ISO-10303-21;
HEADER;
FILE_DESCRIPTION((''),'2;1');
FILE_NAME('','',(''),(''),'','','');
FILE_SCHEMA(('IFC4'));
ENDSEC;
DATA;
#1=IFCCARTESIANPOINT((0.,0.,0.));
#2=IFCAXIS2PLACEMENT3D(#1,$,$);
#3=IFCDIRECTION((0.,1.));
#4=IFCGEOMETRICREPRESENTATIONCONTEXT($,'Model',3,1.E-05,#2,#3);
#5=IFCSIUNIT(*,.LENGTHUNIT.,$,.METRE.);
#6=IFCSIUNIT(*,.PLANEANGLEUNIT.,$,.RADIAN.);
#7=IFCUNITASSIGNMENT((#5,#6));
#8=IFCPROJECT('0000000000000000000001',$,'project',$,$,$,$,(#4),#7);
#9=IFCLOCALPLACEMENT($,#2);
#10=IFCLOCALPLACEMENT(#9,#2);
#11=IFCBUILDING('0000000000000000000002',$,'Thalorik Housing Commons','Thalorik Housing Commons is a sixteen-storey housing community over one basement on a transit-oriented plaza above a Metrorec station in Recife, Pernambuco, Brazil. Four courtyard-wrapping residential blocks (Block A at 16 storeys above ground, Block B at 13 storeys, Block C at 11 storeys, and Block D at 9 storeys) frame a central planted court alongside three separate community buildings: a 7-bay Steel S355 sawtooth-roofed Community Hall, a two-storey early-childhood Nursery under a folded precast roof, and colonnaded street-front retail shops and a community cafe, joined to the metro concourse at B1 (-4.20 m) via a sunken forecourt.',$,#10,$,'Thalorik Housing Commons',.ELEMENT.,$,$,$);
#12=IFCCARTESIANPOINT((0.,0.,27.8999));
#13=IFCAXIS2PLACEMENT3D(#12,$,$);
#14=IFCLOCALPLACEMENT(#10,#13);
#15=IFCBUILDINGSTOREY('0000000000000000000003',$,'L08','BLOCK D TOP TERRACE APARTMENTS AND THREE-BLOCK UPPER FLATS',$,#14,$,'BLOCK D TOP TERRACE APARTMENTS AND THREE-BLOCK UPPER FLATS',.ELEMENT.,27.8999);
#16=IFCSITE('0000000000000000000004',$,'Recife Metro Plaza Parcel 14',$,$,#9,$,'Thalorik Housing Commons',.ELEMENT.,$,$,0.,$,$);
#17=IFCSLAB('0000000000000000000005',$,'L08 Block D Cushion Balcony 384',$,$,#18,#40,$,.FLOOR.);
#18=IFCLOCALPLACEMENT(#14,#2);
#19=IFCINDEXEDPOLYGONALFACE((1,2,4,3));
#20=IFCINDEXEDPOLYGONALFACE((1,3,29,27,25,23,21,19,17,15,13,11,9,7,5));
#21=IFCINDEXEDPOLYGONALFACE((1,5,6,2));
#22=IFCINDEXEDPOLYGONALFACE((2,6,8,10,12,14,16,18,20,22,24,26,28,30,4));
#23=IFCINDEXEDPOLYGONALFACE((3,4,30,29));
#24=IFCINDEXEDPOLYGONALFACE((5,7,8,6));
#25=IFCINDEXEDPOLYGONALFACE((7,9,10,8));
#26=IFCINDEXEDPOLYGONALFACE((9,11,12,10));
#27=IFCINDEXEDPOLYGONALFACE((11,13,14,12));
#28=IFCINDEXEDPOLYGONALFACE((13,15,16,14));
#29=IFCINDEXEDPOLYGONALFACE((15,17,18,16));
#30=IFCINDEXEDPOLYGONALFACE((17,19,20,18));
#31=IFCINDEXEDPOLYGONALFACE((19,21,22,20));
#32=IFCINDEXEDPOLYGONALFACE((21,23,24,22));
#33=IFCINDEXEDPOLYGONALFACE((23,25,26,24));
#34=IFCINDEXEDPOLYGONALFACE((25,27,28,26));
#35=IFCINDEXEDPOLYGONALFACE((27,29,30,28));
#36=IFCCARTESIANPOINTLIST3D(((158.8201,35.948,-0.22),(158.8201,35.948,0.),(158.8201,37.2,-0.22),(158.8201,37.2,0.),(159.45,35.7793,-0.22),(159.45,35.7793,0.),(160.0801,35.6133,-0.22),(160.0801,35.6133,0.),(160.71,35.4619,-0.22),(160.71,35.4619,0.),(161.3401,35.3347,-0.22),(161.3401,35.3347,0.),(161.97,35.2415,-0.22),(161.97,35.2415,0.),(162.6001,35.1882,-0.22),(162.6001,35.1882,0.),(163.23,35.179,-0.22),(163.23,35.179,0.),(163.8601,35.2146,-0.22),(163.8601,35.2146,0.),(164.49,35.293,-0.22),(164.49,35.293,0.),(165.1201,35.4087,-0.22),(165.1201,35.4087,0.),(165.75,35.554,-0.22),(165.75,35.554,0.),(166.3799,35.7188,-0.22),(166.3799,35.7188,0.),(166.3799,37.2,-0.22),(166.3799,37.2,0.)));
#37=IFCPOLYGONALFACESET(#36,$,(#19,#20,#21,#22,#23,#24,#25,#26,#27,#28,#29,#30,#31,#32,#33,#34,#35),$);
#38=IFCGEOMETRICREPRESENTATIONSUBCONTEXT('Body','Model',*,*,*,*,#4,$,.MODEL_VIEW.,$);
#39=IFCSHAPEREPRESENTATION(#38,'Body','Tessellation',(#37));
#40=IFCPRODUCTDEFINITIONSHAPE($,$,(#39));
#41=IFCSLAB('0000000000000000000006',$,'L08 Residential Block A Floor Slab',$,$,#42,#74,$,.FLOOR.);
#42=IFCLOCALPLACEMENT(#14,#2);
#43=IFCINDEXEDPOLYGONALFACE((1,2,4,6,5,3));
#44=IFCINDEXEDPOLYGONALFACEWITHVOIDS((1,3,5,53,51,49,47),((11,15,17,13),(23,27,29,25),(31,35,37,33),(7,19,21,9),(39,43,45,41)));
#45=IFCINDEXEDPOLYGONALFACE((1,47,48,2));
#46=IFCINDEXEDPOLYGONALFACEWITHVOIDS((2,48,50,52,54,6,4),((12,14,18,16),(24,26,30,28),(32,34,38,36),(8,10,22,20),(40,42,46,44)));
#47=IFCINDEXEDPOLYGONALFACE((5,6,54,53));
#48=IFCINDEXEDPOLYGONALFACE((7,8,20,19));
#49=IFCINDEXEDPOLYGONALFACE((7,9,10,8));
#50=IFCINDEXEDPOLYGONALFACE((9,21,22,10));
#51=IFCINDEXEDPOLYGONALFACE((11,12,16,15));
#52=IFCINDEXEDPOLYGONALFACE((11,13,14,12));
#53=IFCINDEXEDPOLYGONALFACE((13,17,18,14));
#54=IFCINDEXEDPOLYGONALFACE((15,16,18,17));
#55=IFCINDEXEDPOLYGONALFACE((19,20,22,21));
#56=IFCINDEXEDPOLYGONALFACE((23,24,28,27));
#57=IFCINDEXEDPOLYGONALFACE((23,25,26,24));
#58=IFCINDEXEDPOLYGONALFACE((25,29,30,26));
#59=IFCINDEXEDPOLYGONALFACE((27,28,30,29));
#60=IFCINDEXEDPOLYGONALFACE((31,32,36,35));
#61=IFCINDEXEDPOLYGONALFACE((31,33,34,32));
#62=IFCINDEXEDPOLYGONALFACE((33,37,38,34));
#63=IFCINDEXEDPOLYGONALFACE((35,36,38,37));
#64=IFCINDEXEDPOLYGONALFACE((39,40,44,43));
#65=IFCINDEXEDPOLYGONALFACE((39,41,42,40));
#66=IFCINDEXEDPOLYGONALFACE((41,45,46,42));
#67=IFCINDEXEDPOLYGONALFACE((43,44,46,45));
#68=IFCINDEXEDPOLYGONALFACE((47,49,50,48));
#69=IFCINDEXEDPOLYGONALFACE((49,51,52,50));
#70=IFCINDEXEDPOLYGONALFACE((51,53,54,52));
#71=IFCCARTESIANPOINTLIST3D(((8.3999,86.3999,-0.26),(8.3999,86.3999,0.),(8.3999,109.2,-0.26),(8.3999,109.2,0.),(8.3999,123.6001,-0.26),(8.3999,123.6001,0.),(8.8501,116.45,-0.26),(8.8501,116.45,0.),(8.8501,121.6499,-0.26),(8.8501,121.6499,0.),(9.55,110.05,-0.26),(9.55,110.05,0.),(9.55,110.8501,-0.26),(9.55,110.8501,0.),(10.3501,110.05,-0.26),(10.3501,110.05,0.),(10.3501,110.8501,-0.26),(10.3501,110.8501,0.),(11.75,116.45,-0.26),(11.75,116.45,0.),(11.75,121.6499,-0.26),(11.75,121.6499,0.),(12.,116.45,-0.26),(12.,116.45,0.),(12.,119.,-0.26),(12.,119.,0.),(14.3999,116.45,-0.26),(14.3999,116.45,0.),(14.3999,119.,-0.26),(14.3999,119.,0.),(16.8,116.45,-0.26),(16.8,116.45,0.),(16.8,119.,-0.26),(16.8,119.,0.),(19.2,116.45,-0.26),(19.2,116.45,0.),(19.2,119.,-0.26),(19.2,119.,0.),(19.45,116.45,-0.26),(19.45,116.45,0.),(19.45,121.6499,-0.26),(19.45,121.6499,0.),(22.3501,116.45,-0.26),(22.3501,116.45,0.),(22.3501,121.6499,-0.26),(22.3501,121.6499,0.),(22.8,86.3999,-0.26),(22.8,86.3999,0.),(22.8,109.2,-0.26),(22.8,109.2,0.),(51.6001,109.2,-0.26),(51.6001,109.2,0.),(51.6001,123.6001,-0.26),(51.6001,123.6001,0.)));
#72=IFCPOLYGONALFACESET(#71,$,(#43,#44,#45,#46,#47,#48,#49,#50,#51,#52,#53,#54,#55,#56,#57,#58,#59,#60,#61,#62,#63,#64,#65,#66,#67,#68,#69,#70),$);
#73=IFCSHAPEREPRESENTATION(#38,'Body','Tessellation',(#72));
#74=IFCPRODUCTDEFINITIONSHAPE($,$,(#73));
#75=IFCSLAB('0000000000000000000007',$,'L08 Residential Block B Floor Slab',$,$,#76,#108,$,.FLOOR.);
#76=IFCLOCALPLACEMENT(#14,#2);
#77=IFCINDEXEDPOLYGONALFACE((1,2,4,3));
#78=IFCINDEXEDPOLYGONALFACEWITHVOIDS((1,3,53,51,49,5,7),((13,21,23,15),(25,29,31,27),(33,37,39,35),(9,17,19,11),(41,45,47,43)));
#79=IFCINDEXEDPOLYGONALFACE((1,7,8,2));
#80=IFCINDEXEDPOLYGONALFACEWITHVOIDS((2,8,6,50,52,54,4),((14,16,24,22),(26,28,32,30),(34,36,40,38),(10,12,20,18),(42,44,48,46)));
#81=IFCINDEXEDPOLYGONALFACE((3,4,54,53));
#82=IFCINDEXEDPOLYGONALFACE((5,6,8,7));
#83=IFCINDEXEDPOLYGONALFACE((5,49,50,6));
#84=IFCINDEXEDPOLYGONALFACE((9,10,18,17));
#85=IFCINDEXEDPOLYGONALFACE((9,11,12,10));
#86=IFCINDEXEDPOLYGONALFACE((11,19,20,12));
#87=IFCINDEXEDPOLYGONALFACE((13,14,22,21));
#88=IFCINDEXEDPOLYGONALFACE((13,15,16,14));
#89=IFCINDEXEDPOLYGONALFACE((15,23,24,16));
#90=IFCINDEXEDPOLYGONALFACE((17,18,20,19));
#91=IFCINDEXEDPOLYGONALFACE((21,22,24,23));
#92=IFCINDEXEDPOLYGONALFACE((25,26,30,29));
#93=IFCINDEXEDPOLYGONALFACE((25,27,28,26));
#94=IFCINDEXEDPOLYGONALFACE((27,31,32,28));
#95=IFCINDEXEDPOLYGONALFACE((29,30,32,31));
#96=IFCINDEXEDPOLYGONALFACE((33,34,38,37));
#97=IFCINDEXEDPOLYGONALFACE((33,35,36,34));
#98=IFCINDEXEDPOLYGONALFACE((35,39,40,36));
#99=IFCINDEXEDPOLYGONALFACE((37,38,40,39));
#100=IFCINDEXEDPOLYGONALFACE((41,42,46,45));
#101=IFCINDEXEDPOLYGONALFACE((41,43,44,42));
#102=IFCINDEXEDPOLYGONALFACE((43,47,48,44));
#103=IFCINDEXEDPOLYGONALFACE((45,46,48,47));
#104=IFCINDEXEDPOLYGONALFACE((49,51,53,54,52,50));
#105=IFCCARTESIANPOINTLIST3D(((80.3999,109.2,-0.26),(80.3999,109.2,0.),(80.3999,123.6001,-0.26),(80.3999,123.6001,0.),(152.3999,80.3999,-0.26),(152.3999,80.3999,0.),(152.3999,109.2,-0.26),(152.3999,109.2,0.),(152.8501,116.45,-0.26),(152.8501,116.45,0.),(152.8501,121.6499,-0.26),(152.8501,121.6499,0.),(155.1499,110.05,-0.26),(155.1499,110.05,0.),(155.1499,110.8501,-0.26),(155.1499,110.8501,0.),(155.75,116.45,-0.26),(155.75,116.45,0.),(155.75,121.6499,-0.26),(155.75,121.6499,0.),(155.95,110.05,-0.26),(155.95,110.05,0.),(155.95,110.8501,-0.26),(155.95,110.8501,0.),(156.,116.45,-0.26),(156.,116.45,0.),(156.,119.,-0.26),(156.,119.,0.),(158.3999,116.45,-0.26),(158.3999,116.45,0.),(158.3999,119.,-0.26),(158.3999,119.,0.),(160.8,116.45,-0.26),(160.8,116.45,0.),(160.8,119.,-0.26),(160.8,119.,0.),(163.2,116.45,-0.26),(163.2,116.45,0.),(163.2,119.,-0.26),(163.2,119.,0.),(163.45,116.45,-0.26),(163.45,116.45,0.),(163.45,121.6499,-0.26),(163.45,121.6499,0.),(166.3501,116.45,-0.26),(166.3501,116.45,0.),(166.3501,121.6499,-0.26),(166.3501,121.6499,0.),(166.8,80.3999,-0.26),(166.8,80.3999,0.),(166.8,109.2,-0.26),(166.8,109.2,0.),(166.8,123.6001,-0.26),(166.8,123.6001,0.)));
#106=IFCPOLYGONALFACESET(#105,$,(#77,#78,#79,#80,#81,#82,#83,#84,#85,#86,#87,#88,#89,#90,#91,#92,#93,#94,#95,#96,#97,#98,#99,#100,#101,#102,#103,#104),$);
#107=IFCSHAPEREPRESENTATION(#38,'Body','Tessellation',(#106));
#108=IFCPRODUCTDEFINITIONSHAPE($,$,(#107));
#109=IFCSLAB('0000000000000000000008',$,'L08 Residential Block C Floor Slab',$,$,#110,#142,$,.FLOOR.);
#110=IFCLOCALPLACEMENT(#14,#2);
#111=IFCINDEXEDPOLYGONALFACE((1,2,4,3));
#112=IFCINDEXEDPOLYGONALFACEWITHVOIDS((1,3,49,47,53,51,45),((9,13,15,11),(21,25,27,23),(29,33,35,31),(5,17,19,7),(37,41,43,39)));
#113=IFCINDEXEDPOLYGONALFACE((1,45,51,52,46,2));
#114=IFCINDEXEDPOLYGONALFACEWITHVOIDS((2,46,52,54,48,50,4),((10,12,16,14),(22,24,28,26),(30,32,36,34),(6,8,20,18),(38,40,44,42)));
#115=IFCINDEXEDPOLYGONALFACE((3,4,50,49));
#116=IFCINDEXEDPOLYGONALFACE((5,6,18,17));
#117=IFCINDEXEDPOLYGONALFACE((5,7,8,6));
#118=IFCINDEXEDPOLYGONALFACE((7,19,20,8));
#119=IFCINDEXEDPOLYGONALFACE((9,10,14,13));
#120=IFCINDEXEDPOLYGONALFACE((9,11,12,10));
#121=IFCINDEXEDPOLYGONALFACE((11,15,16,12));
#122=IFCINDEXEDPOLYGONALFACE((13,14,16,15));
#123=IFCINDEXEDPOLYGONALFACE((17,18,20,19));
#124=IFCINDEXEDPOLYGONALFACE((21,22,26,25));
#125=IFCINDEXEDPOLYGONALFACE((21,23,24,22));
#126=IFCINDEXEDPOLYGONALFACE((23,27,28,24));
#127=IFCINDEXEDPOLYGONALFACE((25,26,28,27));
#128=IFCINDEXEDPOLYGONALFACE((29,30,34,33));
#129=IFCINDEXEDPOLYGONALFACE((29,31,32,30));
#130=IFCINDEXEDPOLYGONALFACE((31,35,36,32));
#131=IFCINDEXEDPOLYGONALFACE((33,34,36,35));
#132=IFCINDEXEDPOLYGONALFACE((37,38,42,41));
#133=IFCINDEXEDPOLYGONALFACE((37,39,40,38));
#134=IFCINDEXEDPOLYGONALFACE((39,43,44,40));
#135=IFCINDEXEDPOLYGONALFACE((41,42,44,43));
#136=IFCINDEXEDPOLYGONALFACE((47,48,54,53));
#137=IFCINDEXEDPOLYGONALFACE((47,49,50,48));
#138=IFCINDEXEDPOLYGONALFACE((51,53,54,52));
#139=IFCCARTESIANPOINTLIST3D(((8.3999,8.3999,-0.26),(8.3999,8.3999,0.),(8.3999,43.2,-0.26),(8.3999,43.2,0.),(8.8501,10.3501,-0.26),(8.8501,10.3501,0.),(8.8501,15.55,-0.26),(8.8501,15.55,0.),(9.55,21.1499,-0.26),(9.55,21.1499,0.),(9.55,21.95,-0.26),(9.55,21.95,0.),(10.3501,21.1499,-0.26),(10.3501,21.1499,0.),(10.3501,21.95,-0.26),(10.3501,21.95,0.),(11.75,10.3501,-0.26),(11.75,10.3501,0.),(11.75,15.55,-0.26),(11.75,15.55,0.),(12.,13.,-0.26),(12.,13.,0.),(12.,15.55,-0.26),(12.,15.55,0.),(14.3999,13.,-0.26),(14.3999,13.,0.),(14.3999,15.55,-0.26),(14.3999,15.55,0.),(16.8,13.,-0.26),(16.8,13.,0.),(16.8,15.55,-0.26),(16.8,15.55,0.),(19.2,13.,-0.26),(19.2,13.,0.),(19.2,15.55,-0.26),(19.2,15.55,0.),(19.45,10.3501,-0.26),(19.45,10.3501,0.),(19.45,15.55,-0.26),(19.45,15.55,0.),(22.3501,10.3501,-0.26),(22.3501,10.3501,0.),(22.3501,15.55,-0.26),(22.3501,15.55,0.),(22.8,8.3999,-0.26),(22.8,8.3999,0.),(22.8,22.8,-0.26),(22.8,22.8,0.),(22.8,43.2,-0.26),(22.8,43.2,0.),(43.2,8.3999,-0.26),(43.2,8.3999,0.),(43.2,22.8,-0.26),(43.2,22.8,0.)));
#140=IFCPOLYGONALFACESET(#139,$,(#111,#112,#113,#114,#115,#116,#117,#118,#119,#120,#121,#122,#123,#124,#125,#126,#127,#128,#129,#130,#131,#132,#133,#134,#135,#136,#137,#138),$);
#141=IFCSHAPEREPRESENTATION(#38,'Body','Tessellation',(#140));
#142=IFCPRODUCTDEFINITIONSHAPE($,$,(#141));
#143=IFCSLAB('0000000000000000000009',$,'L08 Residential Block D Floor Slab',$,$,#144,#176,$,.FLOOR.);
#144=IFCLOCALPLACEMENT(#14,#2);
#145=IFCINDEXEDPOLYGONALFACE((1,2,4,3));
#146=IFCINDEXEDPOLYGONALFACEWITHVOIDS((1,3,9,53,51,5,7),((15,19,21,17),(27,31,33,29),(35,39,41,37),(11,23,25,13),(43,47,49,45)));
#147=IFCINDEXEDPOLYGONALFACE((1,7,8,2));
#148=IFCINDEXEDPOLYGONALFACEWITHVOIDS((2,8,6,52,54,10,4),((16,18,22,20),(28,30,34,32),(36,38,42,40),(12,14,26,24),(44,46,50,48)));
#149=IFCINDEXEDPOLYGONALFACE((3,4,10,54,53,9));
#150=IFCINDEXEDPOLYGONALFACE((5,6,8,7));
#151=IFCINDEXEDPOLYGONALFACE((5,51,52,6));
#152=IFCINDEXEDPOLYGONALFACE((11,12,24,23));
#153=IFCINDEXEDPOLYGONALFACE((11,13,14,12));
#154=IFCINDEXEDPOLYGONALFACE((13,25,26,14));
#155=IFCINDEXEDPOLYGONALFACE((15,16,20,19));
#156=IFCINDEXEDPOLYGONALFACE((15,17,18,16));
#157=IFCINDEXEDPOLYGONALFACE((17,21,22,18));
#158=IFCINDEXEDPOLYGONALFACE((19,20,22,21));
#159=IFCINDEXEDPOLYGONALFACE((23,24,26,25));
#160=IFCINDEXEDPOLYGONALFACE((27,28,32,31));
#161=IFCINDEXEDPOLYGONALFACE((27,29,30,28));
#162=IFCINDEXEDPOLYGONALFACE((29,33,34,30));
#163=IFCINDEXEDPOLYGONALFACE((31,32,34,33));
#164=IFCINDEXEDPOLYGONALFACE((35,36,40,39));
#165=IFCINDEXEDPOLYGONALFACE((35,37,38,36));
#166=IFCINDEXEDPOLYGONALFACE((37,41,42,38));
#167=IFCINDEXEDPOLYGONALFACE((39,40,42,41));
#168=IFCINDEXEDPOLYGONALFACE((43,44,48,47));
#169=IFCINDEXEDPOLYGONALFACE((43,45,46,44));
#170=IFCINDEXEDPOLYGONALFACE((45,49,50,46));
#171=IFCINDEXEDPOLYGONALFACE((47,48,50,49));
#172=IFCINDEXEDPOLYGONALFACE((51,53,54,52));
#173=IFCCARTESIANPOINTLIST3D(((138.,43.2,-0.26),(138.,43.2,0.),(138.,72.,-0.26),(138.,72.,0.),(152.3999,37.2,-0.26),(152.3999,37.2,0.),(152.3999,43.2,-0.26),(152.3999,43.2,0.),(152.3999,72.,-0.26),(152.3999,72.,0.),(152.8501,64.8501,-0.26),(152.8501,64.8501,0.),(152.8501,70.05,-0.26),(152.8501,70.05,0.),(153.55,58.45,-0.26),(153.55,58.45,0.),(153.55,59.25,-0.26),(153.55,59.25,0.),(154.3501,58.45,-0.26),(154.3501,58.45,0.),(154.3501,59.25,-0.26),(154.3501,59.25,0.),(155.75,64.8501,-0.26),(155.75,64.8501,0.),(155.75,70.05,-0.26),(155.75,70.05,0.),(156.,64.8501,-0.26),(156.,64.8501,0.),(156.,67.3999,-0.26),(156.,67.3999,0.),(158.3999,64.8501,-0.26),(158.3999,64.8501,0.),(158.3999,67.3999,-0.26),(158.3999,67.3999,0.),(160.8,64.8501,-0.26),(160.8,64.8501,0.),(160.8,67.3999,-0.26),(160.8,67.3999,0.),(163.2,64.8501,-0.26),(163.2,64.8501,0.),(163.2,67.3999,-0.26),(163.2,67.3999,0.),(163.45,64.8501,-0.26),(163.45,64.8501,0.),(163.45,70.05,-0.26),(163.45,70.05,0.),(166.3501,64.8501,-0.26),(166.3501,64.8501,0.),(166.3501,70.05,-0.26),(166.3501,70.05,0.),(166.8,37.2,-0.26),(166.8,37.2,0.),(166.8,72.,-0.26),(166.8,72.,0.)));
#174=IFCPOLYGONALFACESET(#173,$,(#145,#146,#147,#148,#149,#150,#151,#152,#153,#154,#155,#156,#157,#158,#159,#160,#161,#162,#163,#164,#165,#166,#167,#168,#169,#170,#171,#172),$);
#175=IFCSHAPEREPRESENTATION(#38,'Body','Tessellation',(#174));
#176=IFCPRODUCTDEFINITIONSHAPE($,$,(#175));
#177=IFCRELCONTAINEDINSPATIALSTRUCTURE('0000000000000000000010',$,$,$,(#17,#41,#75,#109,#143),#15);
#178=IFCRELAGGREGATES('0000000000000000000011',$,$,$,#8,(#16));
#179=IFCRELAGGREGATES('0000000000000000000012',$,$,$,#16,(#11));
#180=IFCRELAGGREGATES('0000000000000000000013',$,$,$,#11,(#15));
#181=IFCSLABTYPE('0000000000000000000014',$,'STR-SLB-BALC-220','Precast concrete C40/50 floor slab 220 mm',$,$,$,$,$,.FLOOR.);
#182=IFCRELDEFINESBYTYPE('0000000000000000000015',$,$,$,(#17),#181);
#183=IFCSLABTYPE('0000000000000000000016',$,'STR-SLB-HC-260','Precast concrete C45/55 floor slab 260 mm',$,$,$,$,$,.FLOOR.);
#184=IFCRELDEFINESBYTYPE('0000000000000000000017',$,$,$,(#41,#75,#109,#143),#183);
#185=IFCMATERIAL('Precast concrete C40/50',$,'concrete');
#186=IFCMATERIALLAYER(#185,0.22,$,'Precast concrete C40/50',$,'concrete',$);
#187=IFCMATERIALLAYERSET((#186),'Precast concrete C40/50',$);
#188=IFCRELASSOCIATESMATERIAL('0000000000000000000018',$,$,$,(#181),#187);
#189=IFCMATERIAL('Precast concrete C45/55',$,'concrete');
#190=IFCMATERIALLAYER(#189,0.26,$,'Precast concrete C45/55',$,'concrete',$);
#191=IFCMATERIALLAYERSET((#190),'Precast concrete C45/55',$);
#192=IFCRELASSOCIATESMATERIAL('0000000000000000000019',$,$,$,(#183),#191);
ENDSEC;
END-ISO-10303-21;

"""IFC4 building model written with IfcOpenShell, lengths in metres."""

from ifc_helpers import new_model, si_unit, direction, frame, origin, place, context, subcontext, project, spatial, polyline, outline, extrude, material, layer, layer_set, type_object, element, save


model = new_model("IFC4")

# Units and contexts
model_context = context("Model", 3, precision=1e-05, world=origin(), true_north=direction((0.0, 1.0)))
body_context = subcontext(model_context, "Body", "Model", "MODEL_VIEW")
ifc_project = project(units=[si_unit("LENGTHUNIT", "METRE"), si_unit("PLANEANGLEUNIT", "RADIAN")], contexts=[model_context])

# Site, building, storey
site_placement = place(None, origin())
site = spatial("IfcSite", under=ifc_project, at=site_placement, Name="Recife Metro Plaza Parcel 14", LongName="Thalorik Housing Commons", CompositionType="ELEMENT", RefElevation=0.0)
building_placement = place(site_placement, origin())
building = spatial("IfcBuilding", under=site, at=building_placement, Name="Thalorik Housing Commons", Description="Thalorik Housing Commons is a sixteen-storey housing community over one basement on a transit-oriented plaza above a Metrorec station in Recife, Pernambuco, Brazil. Four courtyard-wrapping residential blocks (Block A at 16 storeys above ground, Block B at 13 storeys, Block C at 11 storeys, and Block D at 9 storeys) frame a central planted court alongside three separate community buildings: a 7-bay Steel S355 sawtooth-roofed Community Hall, a two-storey early-childhood Nursery under a folded precast roof, and colonnaded street-front retail shops and a community cafe, joined to the metro concourse at B1 (-4.20 m) via a sunken forecourt.", LongName="Thalorik Housing Commons", CompositionType="ELEMENT")
storey_placement = place(building_placement, frame((0.0, 0.0, 27.8999)))
storey = spatial("IfcBuildingStorey", under=building, at=storey_placement, Name="L08", Description="BLOCK D TOP TERRACE APARTMENTS AND THREE-BLOCK UPPER FLATS", LongName="BLOCK D TOP TERRACE APARTMENTS AND THREE-BLOCK UPPER FLATS", CompositionType="ELEMENT", Elevation=27.8999)

# Slabs
ifc_material_1 = material(Name="Precast concrete C40/50", Category="concrete")
ifc_layer_1 = layer(ifc_material_1, 0.22, Name="Precast concrete C40/50", Category="concrete")
ifc_layer_set_1 = layer_set([ifc_layer_1], Name="Precast concrete C40/50")
slab_type_1 = type_object("IfcSlabType", Name="STR-SLB-BALC-220", Description="Precast concrete C40/50 floor slab 220 mm", PredefinedType="FLOOR", material=ifc_layer_set_1)
slab_1_placement = place(storey_placement, frame((0.0, 0.0, -0.22)))
element("IfcSlab", 1, at=slab_1_placement, inside=storey, type_object=slab_type_1, Name="L08 Block D Cushion Balcony 384", PredefinedType="FLOOR", context=body_context, shape_type="SweptSolid", body=[
    extrude(outline(polyline([(158.8201, 35.948), (159.45, 35.7793), (160.0801, 35.6133), (160.71, 35.4619), (161.3401, 35.3347), (161.97, 35.2415), (162.6001, 35.1882), (163.23, 35.179), (163.8601, 35.2146), (164.49, 35.293), (165.1201, 35.4087), (165.75, 35.554), (166.3799, 35.7188), (166.3799, 37.2), (158.8201, 37.2), (158.8201, 35.948)])), origin(), (0.0, 0.0, 1.0), 0.22),
])
ifc_material_2 = material(Name="Precast concrete C45/55", Category="concrete")
ifc_layer_2 = layer(ifc_material_2, 0.26, Name="Precast concrete C45/55", Category="concrete")
ifc_layer_set_2 = layer_set([ifc_layer_2], Name="Precast concrete C45/55")
slab_type_2 = type_object("IfcSlabType", Name="STR-SLB-HC-260", Description="Precast concrete C45/55 floor slab 260 mm", PredefinedType="FLOOR", material=ifc_layer_set_2)
slab_2_placement = place(storey_placement, frame((0.0, 0.0, -0.26)))
element("IfcSlab", 2, at=slab_2_placement, inside=storey, type_object=slab_type_2, Name="L08 Residential Block A Floor Slab", PredefinedType="FLOOR", context=body_context, shape_type="SweptSolid", body=[
    extrude(outline(polyline([(8.3999, 123.6001), (8.3999, 109.2), (8.3999, 86.3999), (22.8, 86.3999), (22.8, 109.2), (51.6001, 109.2), (51.6001, 123.6001), (8.3999, 123.6001)]), holes=[polyline([(8.8501, 121.6499), (11.75, 121.6499), (11.75, 116.45), (8.8501, 116.45), (8.8501, 121.6499)]), polyline([(22.3501, 121.6499), (22.3501, 116.45), (19.45, 116.45), (19.45, 121.6499), (22.3501, 121.6499)]), polyline([(14.3999, 119.0), (14.3999, 116.45), (12.0, 116.45), (12.0, 119.0), (14.3999, 119.0)]), polyline([(19.2, 116.45), (16.8, 116.45), (16.8, 119.0), (19.2, 119.0), (19.2, 116.45)]), polyline([(9.55, 110.05), (9.55, 110.8501), (10.3501, 110.8501), (10.3501, 110.05), (9.55, 110.05)])]), origin(), (0.0, 0.0, 1.0), 0.26),
])
slab_3_placement = place(storey_placement, frame((0.0, 0.0, -0.26)))
element("IfcSlab", 3, at=slab_3_placement, inside=storey, type_object=slab_type_2, Name="L08 Residential Block B Floor Slab", PredefinedType="FLOOR", context=body_context, shape_type="SweptSolid", body=[
    extrude(outline(polyline([(80.3999, 109.2), (152.3999, 109.2), (152.3999, 80.3999), (166.8, 80.3999), (166.8, 109.2), (166.8, 123.6001), (80.3999, 123.6001), (80.3999, 109.2)]), holes=[polyline([(152.8501, 121.6499), (155.75, 121.6499), (155.75, 116.45), (152.8501, 116.45), (152.8501, 121.6499)]), polyline([(166.3501, 121.6499), (166.3501, 116.45), (163.45, 116.45), (163.45, 121.6499), (166.3501, 121.6499)]), polyline([(158.3999, 119.0), (158.3999, 116.45), (156.0, 116.45), (156.0, 119.0), (158.3999, 119.0)]), polyline([(163.2, 116.45), (160.8, 116.45), (160.8, 119.0), (163.2, 119.0), (163.2, 116.45)]), polyline([(155.1499, 110.05), (155.1499, 110.8501), (155.95, 110.8501), (155.95, 110.05), (155.1499, 110.05)])]), origin(), (0.0, 0.0, 1.0), 0.26),
])
slab_4_placement = place(storey_placement, frame((0.0, 0.0, -0.26)))
element("IfcSlab", 4, at=slab_4_placement, inside=storey, type_object=slab_type_2, Name="L08 Residential Block C Floor Slab", PredefinedType="FLOOR", context=body_context, shape_type="SweptSolid", body=[
    extrude(outline(polyline([(8.3999, 8.3999), (22.8, 8.3999), (43.2, 8.3999), (43.2, 22.8), (22.8, 22.8), (22.8, 43.2), (8.3999, 43.2), (8.3999, 8.3999)]), holes=[polyline([(11.75, 10.3501), (8.8501, 10.3501), (8.8501, 15.55), (11.75, 15.55), (11.75, 10.3501)]), polyline([(19.45, 10.3501), (19.45, 15.55), (22.3501, 15.55), (22.3501, 10.3501), (19.45, 10.3501)]), polyline([(14.3999, 15.55), (14.3999, 13.0), (12.0, 13.0), (12.0, 15.55), (14.3999, 15.55)]), polyline([(19.2, 13.0), (16.8, 13.0), (16.8, 15.55), (19.2, 15.55), (19.2, 13.0)]), polyline([(9.55, 21.1499), (9.55, 21.95), (10.3501, 21.95), (10.3501, 21.1499), (9.55, 21.1499)])]), origin(), (0.0, 0.0, 1.0), 0.26),
])
slab_5_placement = place(storey_placement, frame((0.0, 0.0, -0.26)))
element("IfcSlab", 5, at=slab_5_placement, inside=storey, type_object=slab_type_2, Name="L08 Residential Block D Floor Slab", PredefinedType="FLOOR", context=body_context, shape_type="SweptSolid", body=[
    extrude(outline(polyline([(152.3999, 43.2), (152.3999, 37.2), (166.8, 37.2), (166.8, 72.0), (152.3999, 72.0), (138.0, 72.0), (138.0, 43.2), (152.3999, 43.2)]), holes=[polyline([(152.8501, 70.05), (155.75, 70.05), (155.75, 64.8501), (152.8501, 64.8501), (152.8501, 70.05)]), polyline([(166.3501, 70.05), (166.3501, 64.8501), (163.45, 64.8501), (163.45, 70.05), (166.3501, 70.05)]), polyline([(158.3999, 67.3999), (158.3999, 64.8501), (156.0, 64.8501), (156.0, 67.3999), (158.3999, 67.3999)]), polyline([(163.2, 64.8501), (160.8, 64.8501), (160.8, 67.3999), (163.2, 67.3999), (163.2, 64.8501)]), polyline([(153.55, 58.45), (153.55, 59.25), (154.3501, 59.25), (154.3501, 58.45), (153.55, 58.45)])]), origin(), (0.0, 0.0, 1.0), 0.26),
])

save(model, "model.ifc")
